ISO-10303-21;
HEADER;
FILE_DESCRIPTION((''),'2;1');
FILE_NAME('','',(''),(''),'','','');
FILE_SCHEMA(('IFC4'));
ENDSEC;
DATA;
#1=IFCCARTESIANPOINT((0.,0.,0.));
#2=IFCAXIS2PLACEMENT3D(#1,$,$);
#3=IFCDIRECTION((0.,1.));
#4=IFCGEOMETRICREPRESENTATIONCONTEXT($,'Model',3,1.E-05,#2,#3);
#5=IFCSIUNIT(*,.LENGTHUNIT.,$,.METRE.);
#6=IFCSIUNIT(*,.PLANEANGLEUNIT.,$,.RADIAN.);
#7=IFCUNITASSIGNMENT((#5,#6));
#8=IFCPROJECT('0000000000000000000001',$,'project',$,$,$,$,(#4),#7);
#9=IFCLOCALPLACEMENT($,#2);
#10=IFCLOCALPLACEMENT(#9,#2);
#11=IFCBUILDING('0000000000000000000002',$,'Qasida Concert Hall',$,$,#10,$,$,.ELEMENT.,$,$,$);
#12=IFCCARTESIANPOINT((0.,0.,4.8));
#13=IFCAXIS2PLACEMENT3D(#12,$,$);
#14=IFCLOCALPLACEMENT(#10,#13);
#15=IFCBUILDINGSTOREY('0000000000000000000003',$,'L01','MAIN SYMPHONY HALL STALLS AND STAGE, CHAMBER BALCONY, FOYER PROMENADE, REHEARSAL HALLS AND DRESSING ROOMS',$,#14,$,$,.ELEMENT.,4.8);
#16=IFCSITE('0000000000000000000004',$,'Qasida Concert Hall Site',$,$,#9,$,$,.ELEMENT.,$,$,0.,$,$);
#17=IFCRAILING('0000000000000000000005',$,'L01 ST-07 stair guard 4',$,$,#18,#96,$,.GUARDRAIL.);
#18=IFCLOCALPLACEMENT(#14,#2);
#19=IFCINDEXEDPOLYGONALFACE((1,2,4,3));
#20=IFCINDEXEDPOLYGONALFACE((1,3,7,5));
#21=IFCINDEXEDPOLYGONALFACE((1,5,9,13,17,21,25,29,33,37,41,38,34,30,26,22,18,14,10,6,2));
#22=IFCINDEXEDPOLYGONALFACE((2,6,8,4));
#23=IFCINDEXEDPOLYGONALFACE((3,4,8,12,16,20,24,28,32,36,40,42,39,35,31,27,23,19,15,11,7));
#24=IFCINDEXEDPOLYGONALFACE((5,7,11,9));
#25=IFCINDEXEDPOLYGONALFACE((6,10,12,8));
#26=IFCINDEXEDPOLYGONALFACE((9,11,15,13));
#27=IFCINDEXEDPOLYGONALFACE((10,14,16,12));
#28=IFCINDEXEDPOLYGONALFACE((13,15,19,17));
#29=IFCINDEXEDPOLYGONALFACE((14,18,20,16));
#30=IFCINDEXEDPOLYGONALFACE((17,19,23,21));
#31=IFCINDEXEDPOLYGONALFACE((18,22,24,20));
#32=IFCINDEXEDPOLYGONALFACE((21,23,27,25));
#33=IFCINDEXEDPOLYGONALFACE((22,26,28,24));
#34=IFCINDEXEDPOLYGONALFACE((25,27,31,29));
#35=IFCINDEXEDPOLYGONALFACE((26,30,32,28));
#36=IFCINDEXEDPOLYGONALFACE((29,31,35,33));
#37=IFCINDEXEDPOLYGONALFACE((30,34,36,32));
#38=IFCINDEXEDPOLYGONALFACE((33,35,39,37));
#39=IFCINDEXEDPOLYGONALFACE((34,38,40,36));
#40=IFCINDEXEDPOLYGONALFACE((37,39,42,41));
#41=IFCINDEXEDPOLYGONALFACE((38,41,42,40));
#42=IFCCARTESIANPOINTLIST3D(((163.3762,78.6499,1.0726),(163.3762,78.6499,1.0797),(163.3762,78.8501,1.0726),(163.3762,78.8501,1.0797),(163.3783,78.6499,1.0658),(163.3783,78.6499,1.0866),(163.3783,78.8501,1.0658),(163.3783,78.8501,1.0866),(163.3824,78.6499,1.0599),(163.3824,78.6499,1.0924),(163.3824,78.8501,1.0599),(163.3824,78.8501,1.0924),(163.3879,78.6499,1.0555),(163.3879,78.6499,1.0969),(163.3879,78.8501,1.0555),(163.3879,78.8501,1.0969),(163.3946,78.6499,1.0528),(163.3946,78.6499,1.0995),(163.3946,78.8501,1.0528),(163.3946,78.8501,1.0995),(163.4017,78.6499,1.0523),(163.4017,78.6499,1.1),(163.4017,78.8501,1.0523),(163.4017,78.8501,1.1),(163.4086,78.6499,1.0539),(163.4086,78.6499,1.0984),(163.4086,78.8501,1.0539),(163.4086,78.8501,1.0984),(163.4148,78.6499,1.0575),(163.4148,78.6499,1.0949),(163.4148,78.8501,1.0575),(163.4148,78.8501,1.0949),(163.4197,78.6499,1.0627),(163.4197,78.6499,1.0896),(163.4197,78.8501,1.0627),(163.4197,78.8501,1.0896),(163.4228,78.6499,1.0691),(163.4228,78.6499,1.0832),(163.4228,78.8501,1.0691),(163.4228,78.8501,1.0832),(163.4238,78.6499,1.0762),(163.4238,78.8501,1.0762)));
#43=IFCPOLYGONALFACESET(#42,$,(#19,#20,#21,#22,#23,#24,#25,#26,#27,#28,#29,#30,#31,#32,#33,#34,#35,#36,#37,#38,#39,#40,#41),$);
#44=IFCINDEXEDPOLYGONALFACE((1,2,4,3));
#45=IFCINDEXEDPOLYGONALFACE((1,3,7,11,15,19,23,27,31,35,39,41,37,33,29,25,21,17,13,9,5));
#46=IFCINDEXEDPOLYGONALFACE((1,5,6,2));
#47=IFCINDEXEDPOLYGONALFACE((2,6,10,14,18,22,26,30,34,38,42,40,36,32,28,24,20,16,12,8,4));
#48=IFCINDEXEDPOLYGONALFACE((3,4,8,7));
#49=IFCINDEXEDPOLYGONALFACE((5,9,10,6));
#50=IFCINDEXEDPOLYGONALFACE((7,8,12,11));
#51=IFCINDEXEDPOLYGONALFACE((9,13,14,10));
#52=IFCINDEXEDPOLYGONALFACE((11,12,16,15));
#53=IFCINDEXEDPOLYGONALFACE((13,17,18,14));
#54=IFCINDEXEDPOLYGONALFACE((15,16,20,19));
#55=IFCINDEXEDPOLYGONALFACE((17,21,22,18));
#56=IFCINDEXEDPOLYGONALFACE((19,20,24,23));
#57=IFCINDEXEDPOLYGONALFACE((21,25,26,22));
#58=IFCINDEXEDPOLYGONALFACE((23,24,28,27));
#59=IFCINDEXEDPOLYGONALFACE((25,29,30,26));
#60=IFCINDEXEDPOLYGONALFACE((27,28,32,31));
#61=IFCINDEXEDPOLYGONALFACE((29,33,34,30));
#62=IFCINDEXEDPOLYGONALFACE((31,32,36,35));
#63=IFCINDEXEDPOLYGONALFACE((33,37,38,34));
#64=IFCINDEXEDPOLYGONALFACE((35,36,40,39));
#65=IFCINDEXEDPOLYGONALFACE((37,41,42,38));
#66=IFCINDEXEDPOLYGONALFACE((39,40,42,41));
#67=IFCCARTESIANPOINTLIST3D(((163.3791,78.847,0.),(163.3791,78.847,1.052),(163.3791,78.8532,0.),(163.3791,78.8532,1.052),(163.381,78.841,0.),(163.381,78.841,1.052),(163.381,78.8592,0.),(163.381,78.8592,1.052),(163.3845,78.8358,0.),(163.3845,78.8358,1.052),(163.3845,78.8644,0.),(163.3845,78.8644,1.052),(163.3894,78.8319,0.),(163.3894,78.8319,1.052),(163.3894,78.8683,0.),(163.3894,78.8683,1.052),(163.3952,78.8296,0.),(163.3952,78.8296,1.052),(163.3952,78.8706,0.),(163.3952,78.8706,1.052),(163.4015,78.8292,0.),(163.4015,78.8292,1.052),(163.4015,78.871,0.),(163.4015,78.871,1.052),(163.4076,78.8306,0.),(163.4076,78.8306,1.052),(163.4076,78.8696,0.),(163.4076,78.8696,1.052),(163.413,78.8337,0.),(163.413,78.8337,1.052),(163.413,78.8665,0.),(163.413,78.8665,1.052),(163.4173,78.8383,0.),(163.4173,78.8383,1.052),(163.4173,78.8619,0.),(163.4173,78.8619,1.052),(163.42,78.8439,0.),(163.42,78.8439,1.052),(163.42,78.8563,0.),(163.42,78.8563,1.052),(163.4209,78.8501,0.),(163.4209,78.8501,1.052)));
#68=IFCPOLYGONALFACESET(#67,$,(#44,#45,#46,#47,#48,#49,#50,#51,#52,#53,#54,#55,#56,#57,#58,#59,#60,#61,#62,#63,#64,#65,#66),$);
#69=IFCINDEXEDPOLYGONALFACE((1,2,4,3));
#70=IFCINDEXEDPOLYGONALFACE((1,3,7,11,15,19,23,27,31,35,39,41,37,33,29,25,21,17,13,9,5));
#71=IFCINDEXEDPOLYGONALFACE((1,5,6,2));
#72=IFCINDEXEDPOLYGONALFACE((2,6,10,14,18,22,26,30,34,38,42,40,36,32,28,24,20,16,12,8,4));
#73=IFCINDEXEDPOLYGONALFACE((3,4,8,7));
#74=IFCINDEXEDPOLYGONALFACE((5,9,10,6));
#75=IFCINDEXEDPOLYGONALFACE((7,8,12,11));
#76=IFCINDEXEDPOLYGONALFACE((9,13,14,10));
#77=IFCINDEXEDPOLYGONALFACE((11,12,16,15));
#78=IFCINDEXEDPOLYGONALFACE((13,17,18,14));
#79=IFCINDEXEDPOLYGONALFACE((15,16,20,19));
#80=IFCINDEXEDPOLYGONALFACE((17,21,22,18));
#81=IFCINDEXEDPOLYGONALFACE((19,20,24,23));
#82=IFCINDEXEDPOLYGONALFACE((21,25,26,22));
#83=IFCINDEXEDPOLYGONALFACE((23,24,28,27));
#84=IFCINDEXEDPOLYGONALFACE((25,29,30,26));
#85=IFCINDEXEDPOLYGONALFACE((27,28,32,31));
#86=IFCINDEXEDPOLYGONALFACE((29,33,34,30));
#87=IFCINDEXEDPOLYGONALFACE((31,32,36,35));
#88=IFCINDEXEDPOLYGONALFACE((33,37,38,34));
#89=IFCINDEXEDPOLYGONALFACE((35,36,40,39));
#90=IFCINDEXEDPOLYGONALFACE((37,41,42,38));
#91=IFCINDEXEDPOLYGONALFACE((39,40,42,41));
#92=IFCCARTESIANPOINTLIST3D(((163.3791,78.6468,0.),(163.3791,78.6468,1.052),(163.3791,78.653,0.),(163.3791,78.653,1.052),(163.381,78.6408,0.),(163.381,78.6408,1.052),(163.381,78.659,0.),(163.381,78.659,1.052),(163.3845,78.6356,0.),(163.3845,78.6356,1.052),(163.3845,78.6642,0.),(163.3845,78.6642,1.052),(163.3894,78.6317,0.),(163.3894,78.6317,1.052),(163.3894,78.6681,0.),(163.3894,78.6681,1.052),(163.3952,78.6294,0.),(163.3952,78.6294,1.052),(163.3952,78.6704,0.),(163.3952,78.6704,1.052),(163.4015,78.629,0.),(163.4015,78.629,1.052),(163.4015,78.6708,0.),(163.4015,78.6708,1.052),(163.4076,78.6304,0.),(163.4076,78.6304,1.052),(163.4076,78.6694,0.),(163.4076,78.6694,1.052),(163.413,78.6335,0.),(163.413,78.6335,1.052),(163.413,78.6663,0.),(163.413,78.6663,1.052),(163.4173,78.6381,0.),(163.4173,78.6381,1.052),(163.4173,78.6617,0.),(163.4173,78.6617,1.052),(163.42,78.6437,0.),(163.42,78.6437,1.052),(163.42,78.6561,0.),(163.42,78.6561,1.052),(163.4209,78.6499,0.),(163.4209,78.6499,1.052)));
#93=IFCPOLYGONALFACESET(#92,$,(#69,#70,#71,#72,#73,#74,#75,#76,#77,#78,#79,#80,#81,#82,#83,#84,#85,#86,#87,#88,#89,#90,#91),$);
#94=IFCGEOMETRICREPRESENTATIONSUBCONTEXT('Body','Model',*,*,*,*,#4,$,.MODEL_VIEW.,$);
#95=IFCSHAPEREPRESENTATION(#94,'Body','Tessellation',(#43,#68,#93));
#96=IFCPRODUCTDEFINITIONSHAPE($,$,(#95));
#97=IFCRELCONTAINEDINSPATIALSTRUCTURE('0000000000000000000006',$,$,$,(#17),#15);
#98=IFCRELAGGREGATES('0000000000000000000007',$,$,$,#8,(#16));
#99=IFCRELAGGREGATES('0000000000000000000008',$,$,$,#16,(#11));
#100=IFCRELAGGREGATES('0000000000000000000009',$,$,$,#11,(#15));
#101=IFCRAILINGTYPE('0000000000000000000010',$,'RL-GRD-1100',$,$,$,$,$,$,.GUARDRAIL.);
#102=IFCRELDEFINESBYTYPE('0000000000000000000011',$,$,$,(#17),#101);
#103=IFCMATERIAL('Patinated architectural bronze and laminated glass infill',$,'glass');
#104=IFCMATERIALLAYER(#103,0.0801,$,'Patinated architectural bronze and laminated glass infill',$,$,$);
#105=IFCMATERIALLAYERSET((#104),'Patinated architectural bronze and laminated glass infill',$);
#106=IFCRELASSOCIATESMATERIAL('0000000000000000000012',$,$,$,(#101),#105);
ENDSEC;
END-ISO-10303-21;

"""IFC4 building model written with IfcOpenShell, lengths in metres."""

from ifc_helpers import new_model, si_unit, direction, frame, origin, origin_2d, place, context, subcontext, project, spatial, circle, extrude, material, layer, layer_set, type_object, element, save


model = new_model("IFC4")

# Units and contexts
model_context = context("Model", 3, precision=1e-05, world=origin(), true_north=direction((0.0, 1.0)))
body_context = subcontext(model_context, "Body", "Model", "MODEL_VIEW")
ifc_project = project(units=[si_unit("LENGTHUNIT", "METRE"), si_unit("PLANEANGLEUNIT", "RADIAN")], contexts=[model_context])

# Site, building, storey
site_placement = place(None, origin())
site = spatial("IfcSite", under=ifc_project, at=site_placement, Name="Qasida Concert Hall Site", CompositionType="ELEMENT", RefElevation=0.0)
building_placement = place(site_placement, origin())
building = spatial("IfcBuilding", under=site, at=building_placement, Name="Qasida Concert Hall", CompositionType="ELEMENT")
storey_placement = place(building_placement, frame((0.0, 0.0, 4.8)))
storey = spatial("IfcBuildingStorey", under=building, at=storey_placement, Name="L01", Description="MAIN SYMPHONY HALL STALLS AND STAGE, CHAMBER BALCONY, FOYER PROMENADE, REHEARSAL HALLS AND DRESSING ROOMS", CompositionType="ELEMENT", Elevation=4.8)

# Railing
ifc_material_1 = material(Name="Patinated architectural bronze and laminated glass infill", Category="glass")
ifc_layer_1 = layer(ifc_material_1, 0.0801, Name="Patinated architectural bronze and laminated glass infill")
ifc_layer_set_1 = layer_set([ifc_layer_1], Name="Patinated architectural bronze and laminated glass infill")
railing_type_1 = type_object("IfcRailingType", Name="RL-GRD-1100", PredefinedType="GUARDRAIL", material=ifc_layer_set_1)
railing_1_placement = place(storey_placement, frame((163.3999, 78.8501, 0.0)))
element("IfcRailing", 1, at=railing_1_placement, inside=storey, type_object=railing_type_1, Name="L01 ST-07 stair guard 4", PredefinedType="GUARDRAIL", context=body_context, shape_type="SweptSolid", body=[
    extrude(circle(Radius=0.0239, at=origin_2d()), frame((0.0, 0.0, 1.0762), z_axis=(0.0, -1.0, 0.0), x_axis=(1.0, 0.0, 0.0)), (0.0, 0.0, 1.0), 0.2002),
    extrude(circle(Radius=0.021, at=origin_2d()), origin(), (0.0, 0.0, 1.0), 1.052),
    extrude(circle(Radius=0.021, at=origin_2d()), frame((0.0, -0.2002, 0.0)), (0.0, 0.0, 1.0), 1.052),
])

save(model, "model.ifc")
